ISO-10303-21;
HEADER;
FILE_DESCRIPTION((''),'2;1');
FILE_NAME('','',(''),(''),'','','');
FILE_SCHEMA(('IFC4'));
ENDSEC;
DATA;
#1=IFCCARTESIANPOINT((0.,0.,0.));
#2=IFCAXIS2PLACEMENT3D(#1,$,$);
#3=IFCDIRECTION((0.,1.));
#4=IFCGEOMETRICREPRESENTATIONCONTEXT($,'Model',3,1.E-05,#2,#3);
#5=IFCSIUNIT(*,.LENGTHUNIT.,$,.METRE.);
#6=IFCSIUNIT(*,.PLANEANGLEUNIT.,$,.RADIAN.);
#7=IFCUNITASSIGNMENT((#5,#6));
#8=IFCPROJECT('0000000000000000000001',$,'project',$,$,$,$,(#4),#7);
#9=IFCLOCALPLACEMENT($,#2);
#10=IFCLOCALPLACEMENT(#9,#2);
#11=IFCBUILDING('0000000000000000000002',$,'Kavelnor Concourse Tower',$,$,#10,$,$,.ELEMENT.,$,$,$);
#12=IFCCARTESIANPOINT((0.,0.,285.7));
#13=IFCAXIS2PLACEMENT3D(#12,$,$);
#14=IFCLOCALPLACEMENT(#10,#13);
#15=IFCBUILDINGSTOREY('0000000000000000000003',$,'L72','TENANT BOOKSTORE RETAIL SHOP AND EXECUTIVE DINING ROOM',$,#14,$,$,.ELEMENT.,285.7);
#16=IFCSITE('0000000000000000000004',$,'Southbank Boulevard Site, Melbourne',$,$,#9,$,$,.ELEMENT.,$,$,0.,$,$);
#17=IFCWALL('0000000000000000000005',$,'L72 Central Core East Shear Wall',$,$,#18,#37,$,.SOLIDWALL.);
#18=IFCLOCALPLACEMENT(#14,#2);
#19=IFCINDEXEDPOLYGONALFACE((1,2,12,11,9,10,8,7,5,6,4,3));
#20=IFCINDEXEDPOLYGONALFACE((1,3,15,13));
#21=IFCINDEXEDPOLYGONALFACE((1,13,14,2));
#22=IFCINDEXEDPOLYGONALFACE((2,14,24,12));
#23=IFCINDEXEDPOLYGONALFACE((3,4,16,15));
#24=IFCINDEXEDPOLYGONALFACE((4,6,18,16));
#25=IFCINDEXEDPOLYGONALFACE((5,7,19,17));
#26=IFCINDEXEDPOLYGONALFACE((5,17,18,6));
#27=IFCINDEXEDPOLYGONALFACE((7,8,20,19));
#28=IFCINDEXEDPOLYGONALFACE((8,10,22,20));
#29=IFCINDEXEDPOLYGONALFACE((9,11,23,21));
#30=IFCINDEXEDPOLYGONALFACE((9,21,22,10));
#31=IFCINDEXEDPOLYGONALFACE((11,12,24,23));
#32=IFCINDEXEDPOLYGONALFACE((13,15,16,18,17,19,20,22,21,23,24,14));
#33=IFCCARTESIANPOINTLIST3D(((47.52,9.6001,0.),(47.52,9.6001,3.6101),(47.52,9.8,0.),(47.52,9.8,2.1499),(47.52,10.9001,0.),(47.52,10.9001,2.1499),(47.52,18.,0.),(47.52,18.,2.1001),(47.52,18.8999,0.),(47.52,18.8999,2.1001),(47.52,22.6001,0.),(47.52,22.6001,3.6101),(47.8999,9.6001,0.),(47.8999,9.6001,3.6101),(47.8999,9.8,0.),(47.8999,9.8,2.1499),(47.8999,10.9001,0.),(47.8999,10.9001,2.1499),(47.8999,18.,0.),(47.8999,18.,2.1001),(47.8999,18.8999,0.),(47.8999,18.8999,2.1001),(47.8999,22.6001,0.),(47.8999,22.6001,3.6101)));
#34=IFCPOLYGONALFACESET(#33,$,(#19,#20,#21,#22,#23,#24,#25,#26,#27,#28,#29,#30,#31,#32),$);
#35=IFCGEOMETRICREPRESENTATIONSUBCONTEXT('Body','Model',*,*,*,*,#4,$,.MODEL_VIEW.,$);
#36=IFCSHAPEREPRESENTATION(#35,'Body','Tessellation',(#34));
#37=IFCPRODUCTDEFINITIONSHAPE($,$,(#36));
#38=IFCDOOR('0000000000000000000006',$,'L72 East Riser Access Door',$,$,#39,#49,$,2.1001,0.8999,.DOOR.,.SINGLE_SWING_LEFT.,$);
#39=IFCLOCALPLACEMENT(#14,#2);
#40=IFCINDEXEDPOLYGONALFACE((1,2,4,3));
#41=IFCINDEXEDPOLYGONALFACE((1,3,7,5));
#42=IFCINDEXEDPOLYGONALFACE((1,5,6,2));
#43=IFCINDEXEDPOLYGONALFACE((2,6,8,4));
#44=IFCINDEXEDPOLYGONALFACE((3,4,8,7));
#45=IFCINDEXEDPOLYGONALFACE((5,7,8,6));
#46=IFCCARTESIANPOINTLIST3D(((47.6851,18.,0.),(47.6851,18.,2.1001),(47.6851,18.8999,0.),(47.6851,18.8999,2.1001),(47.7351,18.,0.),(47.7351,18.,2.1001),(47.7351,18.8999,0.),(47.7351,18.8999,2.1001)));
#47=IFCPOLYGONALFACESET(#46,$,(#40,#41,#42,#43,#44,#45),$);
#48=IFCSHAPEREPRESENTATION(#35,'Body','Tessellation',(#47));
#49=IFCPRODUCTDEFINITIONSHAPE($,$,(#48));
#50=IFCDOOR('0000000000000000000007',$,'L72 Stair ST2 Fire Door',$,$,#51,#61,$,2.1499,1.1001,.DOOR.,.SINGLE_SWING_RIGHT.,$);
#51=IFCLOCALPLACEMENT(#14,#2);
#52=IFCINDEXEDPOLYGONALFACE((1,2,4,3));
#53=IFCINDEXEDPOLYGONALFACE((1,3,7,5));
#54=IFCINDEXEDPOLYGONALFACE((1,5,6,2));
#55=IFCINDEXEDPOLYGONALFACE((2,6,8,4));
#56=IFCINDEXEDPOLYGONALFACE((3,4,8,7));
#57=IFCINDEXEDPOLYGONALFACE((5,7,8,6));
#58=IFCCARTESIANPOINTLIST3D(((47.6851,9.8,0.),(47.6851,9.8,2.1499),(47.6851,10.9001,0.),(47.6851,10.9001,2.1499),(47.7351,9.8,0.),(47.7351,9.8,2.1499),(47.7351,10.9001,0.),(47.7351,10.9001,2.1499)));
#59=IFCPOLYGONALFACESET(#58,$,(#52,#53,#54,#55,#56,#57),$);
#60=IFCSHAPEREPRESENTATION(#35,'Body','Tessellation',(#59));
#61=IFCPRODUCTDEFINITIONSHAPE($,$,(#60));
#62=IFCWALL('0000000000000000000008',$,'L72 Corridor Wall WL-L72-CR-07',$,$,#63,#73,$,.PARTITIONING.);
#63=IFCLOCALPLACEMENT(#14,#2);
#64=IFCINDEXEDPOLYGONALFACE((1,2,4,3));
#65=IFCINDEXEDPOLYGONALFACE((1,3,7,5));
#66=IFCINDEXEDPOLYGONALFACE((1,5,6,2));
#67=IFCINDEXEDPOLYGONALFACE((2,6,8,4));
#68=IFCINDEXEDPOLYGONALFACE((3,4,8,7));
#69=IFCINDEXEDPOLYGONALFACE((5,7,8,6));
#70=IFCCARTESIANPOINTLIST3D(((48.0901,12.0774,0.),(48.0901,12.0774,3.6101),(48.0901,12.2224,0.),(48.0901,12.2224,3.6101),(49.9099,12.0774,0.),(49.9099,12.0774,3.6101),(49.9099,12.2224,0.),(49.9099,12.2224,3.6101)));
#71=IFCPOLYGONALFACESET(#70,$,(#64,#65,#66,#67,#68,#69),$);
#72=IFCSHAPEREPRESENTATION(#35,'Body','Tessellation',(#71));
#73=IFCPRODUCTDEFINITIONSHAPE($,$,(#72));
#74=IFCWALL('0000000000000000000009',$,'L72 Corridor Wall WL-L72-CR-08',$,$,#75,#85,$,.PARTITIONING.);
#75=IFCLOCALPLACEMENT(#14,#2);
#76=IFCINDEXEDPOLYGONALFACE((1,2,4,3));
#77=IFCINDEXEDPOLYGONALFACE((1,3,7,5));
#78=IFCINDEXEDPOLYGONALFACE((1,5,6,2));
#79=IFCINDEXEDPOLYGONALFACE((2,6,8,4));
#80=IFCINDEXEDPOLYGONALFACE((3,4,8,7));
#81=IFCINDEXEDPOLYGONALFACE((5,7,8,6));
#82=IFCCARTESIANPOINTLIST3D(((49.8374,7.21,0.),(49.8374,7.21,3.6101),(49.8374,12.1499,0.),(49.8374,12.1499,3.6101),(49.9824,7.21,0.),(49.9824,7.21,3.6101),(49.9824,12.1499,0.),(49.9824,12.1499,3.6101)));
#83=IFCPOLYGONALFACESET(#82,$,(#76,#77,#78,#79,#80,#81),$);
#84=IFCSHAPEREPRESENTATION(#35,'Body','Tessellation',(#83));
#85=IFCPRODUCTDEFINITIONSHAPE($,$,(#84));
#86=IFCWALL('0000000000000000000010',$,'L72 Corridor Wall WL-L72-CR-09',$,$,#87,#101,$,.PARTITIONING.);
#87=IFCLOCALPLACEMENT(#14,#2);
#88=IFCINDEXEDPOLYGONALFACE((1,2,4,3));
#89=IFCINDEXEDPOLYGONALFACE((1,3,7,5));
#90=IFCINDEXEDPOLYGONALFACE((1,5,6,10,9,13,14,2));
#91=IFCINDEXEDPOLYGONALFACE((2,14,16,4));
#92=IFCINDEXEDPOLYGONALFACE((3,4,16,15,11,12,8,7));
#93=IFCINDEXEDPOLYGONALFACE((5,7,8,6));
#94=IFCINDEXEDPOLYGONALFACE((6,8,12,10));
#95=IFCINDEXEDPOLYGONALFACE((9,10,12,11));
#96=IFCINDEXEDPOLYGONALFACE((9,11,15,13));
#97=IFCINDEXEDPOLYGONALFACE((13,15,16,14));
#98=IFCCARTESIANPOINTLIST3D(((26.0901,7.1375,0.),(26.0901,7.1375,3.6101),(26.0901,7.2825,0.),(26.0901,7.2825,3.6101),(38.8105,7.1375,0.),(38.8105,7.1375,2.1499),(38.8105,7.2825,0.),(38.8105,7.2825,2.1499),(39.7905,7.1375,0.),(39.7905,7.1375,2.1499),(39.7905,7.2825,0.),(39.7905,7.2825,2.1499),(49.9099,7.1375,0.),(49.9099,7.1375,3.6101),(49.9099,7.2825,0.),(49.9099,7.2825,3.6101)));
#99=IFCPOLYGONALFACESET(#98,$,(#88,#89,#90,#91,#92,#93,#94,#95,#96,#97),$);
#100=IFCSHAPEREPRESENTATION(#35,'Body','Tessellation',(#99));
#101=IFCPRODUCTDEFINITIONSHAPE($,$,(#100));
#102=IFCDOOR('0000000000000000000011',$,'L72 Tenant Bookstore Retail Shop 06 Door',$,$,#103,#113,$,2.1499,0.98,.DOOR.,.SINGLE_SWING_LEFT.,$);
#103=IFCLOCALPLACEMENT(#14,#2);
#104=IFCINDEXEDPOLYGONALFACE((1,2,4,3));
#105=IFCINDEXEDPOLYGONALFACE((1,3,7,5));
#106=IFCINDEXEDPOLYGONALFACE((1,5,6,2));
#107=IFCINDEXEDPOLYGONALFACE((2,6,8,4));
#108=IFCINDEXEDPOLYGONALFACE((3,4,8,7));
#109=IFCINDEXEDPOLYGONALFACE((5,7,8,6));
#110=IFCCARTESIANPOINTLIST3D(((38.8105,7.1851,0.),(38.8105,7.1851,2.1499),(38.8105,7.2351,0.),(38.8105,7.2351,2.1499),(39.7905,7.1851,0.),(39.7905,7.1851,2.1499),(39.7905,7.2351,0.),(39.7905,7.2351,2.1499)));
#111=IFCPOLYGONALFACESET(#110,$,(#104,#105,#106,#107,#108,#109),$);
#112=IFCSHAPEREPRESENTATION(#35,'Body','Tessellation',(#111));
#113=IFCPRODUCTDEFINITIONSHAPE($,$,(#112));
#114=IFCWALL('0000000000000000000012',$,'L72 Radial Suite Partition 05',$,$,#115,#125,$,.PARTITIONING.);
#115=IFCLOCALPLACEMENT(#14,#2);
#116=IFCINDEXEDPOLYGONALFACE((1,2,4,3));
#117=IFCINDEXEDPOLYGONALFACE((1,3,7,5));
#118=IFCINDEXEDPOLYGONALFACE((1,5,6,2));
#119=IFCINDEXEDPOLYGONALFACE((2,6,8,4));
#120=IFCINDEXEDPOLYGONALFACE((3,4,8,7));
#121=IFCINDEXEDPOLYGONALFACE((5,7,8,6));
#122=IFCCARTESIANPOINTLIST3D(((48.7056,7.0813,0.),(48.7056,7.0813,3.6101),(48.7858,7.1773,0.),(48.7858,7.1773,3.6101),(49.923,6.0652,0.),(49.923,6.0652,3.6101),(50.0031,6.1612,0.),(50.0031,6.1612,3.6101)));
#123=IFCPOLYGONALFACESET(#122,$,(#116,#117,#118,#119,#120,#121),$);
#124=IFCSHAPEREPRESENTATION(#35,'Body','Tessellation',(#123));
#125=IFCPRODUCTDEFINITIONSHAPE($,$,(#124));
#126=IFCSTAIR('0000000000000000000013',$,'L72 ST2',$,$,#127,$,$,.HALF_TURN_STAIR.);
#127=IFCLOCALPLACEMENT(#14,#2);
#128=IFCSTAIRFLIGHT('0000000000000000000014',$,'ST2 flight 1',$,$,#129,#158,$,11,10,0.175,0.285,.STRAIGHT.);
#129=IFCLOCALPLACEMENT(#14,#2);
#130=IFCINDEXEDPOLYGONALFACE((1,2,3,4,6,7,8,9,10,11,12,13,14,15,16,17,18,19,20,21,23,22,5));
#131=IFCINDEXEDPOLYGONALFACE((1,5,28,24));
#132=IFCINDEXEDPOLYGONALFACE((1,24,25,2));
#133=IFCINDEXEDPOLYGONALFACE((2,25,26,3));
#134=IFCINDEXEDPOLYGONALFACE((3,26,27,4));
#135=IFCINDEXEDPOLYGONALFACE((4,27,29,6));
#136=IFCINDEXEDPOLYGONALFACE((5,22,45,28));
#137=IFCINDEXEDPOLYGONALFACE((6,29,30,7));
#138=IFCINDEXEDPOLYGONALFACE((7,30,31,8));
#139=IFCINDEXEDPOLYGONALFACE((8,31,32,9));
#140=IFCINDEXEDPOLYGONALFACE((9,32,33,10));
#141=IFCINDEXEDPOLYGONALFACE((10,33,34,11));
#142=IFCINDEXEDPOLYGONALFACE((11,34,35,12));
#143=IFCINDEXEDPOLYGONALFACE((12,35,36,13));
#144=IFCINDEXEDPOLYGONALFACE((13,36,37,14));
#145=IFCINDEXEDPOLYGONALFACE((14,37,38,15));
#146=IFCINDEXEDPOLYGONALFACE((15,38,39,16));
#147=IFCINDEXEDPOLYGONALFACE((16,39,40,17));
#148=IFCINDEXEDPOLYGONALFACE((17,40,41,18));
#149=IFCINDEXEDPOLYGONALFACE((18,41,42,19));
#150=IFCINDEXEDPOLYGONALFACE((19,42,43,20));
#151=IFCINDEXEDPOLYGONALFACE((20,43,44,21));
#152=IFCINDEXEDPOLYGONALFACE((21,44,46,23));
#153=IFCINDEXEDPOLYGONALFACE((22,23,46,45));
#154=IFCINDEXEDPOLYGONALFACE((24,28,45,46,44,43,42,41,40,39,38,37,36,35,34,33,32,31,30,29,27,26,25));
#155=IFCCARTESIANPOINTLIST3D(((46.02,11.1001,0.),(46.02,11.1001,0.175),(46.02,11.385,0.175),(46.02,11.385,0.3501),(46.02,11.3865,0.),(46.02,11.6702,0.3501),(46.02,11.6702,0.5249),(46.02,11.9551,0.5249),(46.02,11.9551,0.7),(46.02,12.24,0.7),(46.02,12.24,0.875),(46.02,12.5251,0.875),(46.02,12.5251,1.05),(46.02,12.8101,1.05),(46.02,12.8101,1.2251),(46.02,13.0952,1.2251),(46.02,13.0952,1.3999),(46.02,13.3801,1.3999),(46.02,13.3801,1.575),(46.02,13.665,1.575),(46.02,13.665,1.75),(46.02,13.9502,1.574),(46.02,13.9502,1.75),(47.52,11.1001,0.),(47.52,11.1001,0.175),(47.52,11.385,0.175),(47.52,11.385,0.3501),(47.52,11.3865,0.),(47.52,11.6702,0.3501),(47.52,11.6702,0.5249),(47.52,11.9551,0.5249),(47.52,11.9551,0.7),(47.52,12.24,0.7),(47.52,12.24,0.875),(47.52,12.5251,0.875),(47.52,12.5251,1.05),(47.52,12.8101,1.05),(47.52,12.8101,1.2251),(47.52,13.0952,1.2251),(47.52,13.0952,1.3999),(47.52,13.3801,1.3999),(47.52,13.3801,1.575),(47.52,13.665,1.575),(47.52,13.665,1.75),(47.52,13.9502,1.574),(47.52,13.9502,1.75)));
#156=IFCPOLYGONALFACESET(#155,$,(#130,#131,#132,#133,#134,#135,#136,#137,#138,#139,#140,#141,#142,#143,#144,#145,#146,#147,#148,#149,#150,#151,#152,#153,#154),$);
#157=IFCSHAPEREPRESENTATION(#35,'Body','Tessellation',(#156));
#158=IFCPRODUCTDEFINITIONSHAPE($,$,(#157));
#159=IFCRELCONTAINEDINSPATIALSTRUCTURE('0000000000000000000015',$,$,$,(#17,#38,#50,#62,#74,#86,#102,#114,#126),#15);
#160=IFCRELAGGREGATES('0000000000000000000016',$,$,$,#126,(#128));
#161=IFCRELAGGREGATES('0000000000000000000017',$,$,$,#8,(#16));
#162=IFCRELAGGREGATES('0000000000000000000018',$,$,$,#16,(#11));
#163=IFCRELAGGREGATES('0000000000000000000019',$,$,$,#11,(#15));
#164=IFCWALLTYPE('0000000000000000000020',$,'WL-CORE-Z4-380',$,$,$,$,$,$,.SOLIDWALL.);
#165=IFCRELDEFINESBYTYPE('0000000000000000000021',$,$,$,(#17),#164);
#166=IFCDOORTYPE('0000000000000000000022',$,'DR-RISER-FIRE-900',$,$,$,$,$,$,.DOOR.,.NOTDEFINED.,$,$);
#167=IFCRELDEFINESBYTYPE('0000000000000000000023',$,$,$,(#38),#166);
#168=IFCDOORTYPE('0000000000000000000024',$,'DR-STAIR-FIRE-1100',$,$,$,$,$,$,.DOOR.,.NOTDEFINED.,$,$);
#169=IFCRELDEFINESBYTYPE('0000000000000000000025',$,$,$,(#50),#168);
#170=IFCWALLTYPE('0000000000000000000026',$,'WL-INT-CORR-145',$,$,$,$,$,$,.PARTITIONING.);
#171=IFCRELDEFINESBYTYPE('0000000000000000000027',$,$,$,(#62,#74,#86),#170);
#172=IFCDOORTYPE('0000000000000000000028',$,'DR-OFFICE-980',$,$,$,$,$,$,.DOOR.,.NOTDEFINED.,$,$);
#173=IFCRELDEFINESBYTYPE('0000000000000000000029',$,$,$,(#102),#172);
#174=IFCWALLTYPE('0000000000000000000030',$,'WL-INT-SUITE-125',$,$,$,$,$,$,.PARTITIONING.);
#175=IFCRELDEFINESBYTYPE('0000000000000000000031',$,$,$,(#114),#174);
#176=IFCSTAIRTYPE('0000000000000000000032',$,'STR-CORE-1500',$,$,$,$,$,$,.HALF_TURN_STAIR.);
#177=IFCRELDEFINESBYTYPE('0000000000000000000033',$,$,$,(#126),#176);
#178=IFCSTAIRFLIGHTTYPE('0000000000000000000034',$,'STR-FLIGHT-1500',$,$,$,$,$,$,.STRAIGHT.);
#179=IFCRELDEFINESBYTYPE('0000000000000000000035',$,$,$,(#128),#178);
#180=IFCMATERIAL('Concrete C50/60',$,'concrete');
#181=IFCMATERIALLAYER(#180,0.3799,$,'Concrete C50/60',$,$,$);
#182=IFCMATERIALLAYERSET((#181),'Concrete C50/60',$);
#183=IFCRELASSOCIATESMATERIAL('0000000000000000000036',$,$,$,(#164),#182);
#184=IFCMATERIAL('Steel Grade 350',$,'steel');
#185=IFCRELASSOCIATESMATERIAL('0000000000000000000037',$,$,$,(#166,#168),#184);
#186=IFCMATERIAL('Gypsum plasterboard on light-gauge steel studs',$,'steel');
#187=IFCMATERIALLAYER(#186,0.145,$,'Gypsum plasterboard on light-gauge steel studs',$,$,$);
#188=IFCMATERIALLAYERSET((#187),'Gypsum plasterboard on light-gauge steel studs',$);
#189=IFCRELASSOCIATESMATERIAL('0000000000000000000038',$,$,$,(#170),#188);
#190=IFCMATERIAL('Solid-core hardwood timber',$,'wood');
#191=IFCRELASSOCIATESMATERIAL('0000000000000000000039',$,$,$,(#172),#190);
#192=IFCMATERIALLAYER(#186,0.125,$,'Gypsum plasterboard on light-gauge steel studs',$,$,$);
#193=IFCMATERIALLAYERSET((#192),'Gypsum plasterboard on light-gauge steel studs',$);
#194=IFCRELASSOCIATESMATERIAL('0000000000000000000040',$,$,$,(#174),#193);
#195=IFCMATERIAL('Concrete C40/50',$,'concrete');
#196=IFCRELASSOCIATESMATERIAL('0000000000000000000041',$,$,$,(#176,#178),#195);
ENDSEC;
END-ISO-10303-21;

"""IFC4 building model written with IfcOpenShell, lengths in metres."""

from ifc_helpers import new_model, si_unit, direction, frame, frame_2d, origin, place, context, subcontext, project, spatial, polyline, rectangle, outline, extrude, material, layer, layer_set, type_object, element, fill, aggregate, save


model = new_model("IFC4")

# Units and contexts
model_context = context("Model", 3, precision=1e-05, world=origin(), true_north=direction((0.0, 1.0)))
body_context = subcontext(model_context, "Body", "Model", "MODEL_VIEW")
ifc_project = project(units=[si_unit("LENGTHUNIT", "METRE"), si_unit("PLANEANGLEUNIT", "RADIAN")], contexts=[model_context])

# Site, building, storey
site_placement = place(None, origin())
site = spatial("IfcSite", under=ifc_project, at=site_placement, Name="Southbank Boulevard Site, Melbourne", CompositionType="ELEMENT", RefElevation=0.0)
building_placement = place(site_placement, origin())
building = spatial("IfcBuilding", under=site, at=building_placement, Name="Kavelnor Concourse Tower", CompositionType="ELEMENT")
storey_placement = place(building_placement, frame((0.0, 0.0, 285.7)))
storey = spatial("IfcBuildingStorey", under=building, at=storey_placement, Name="L72", Description="TENANT BOOKSTORE RETAIL SHOP AND EXECUTIVE DINING ROOM", CompositionType="ELEMENT", Elevation=285.7)

# Shared definitions
ifc_material_1 = material(Name="Steel Grade 350", Category="steel")

# Wall, openings, doors
ifc_material_2 = material(Name="Concrete C50/60", Category="concrete")
ifc_layer_1 = layer(ifc_material_2, 0.3799, Name="Concrete C50/60")
ifc_layer_set_1 = layer_set([ifc_layer_1], Name="Concrete C50/60")
wall_type_1 = type_object("IfcWallType", Name="WL-CORE-Z4-380", PredefinedType="SOLIDWALL", material=ifc_layer_set_1)
wall_1_placement = place(storey_placement, frame((47.71, 9.6001, 0.0), z_axis=(0.0, 0.0, 1.0), x_axis=(0.0, 1.0, 0.0)))
wall_1 = element("IfcWall", 1, at=wall_1_placement, inside=storey, type_object=wall_type_1, Name="L72 Central Core East Shear Wall", PredefinedType="SOLIDWALL", context=body_context, shape_type="SweptSolid", body=[
    extrude(rectangle(XDim=13.0, YDim=0.3799, at=frame_2d((6.5, 0.0))), origin(), (0.0, 0.0, 1.0), 3.6101),
])
opening_1_placement = place(wall_1_placement, frame((0.2, 0.0, 0.0)))
opening_1 = element("IfcOpeningElement", 2, at=opening_1_placement, cuts=wall_1, PredefinedType="OPENING", context=body_context, shape_type="SweptSolid", body=[
    extrude(rectangle(XDim=1.1001, YDim=2.1499, at=frame_2d((0.55, 1.075))), frame((0.0, 0.2, 0.0), z_axis=(0.0, -1.0, 0.0), x_axis=(1.0, 0.0, 0.0)), (0.0, 0.0, 1.0), 0.3999),
])
opening_2_placement = place(wall_1_placement, frame((8.3999, 0.0, 0.0)))
opening_2 = element("IfcOpeningElement", 3, at=opening_2_placement, cuts=wall_1, PredefinedType="OPENING", context=body_context, shape_type="SweptSolid", body=[
    extrude(rectangle(XDim=0.8999, YDim=2.1001, at=frame_2d((0.45, 1.05))), frame((0.0, 0.2, 0.0), z_axis=(0.0, -1.0, 0.0), x_axis=(1.0, 0.0, 0.0)), (0.0, 0.0, 1.0), 0.3999),
])
door_type_1 = type_object("IfcDoorType", Name="DR-RISER-FIRE-900", OperationType="NOTDEFINED", PredefinedType="DOOR", material=ifc_material_1)
door_1_placement = place(opening_2_placement, origin())
door_1 = element("IfcDoor", 4, at=door_1_placement, inside=storey, type_object=door_type_1, Name="L72 East Riser Access Door", OperationType="SINGLE_SWING_LEFT", OverallHeight=2.1001, OverallWidth=0.8999, PredefinedType="DOOR", context=body_context, shape_type="SweptSolid", body=[
    extrude(rectangle(XDim=0.8999, YDim=2.1001, at=frame_2d((0.45, 1.05))), frame((0.0, 0.0249, 0.0), z_axis=(0.0, -1.0, 0.0), x_axis=(1.0, 0.0, 0.0)), (0.0, 0.0, 1.0), 0.05),
])
fill(opening_2, door_1)
door_type_2 = type_object("IfcDoorType", Name="DR-STAIR-FIRE-1100", OperationType="NOTDEFINED", PredefinedType="DOOR", material=ifc_material_1)
door_2_placement = place(opening_1_placement, origin())
door_2 = element("IfcDoor", 5, at=door_2_placement, inside=storey, type_object=door_type_2, Name="L72 Stair ST2 Fire Door", OperationType="SINGLE_SWING_RIGHT", OverallHeight=2.1499, OverallWidth=1.1001, PredefinedType="DOOR", context=body_context, shape_type="SweptSolid", body=[
    extrude(rectangle(XDim=1.1001, YDim=2.1499, at=frame_2d((0.55, 1.075))), frame((0.0, 0.0249, 0.0), z_axis=(0.0, -1.0, 0.0), x_axis=(1.0, 0.0, 0.0)), (0.0, 0.0, 1.0), 0.05),
])
fill(opening_1, door_2)

# Walls
ifc_material_3 = material(Name="Gypsum plasterboard on light-gauge steel studs", Category="steel")
ifc_layer_2 = layer(ifc_material_3, 0.145, Name="Gypsum plasterboard on light-gauge steel studs")
ifc_layer_set_2 = layer_set([ifc_layer_2], Name="Gypsum plasterboard on light-gauge steel studs")
wall_type_2 = type_object("IfcWallType", Name="WL-INT-CORR-145", PredefinedType="PARTITIONING", material=ifc_layer_set_2)
wall_2_placement = place(storey_placement, frame((48.0901, 12.1499, 0.0), z_axis=(0.0, 0.0, 1.0), x_axis=(1.0, 0.0, 0.0)))
element("IfcWall", 6, at=wall_2_placement, inside=storey, type_object=wall_type_2, Name="L72 Corridor Wall WL-L72-CR-07", PredefinedType="PARTITIONING", context=body_context, shape_type="SweptSolid", body=[
    extrude(rectangle(XDim=1.8198, YDim=0.145, at=frame_2d((0.9099, 0.0))), origin(), (0.0, 0.0, 1.0), 3.6101),
])
wall_3_placement = place(storey_placement, frame((49.9099, 12.1499, 0.0), z_axis=(0.0, 0.0, 1.0), x_axis=(0.0, -1.0, 0.0)))
element("IfcWall", 7, at=wall_3_placement, inside=storey, type_object=wall_type_2, Name="L72 Corridor Wall WL-L72-CR-08", PredefinedType="PARTITIONING", context=body_context, shape_type="SweptSolid", body=[
    extrude(rectangle(XDim=4.9399, YDim=0.145, at=frame_2d((2.47, 0.0))), origin(), (0.0, 0.0, 1.0), 3.6101),
])

# Wall, opening, door
wall_4_placement = place(storey_placement, frame((49.9099, 7.21, 0.0), z_axis=(0.0, 0.0, 1.0), x_axis=(-1.0, 0.0, 0.0)))
wall_4 = element("IfcWall", 8, at=wall_4_placement, inside=storey, type_object=wall_type_2, Name="L72 Corridor Wall WL-L72-CR-09", PredefinedType="PARTITIONING", context=body_context, shape_type="SweptSolid", body=[
    extrude(rectangle(XDim=23.8198, YDim=0.145, at=frame_2d((11.9099, 0.0))), origin(), (0.0, 0.0, 1.0), 3.6101),
])
opening_3_placement = place(wall_4_placement, frame((10.1194, 0.0, 0.0)))
opening_3 = element("IfcOpeningElement", 9, at=opening_3_placement, cuts=wall_4, PredefinedType="OPENING", context=body_context, shape_type="SweptSolid", body=[
    extrude(rectangle(XDim=0.98, YDim=2.1499, at=frame_2d((0.49, 1.075))), frame((0.0, 0.0825, 0.0), z_axis=(0.0, -1.0, 0.0), x_axis=(1.0, 0.0, 0.0)), (0.0, 0.0, 1.0), 0.165),
])
ifc_material_4 = material(Name="Solid-core hardwood timber", Category="wood")
door_type_3 = type_object("IfcDoorType", Name="DR-OFFICE-980", OperationType="NOTDEFINED", PredefinedType="DOOR", material=ifc_material_4)
door_3_placement = place(opening_3_placement, origin())
door_3 = element("IfcDoor", 10, at=door_3_placement, inside=storey, type_object=door_type_3, Name="L72 Tenant Bookstore Retail Shop 06 Door", OperationType="SINGLE_SWING_LEFT", OverallHeight=2.1499, OverallWidth=0.98, PredefinedType="DOOR", context=body_context, shape_type="SweptSolid", body=[
    extrude(rectangle(XDim=0.98, YDim=2.1499, at=frame_2d((0.49, 1.075))), frame((0.0, 0.0249, 0.0), z_axis=(0.0, -1.0, 0.0), x_axis=(1.0, 0.0, 0.0)), (0.0, 0.0, 1.0), 0.05),
])
fill(opening_3, door_3)

# Wall
ifc_layer_3 = layer(ifc_material_3, 0.125, Name="Gypsum plasterboard on light-gauge steel studs")
ifc_layer_set_3 = layer_set([ifc_layer_3], Name="Gypsum plasterboard on light-gauge steel studs")
wall_type_3 = type_object("IfcWallType", Name="WL-INT-SUITE-125", PredefinedType="PARTITIONING", material=ifc_layer_set_3)
wall_5_placement = place(storey_placement, frame((48.7456, 7.1294, 0.0), z_axis=(0.0, 0.0, 1.0), x_axis=(0.767691, -0.64082, 0.0)))
element("IfcWall", 11, at=wall_5_placement, inside=storey, type_object=wall_type_3, Name="L72 Radial Suite Partition 05", PredefinedType="PARTITIONING", context=body_context, shape_type="SweptSolid", body=[
    extrude(rectangle(XDim=1.5857, YDim=0.125, at=frame_2d((0.793, 0.0))), origin(), (0.0, 0.0, 1.0), 3.6101),
])

# Stair, stair flight
ifc_material_5 = material(Name="Concrete C40/50", Category="concrete")
stair_type = type_object("IfcStairType", Name="STR-CORE-1500", PredefinedType="HALF_TURN_STAIR", material=ifc_material_5)
stair_placement = place(storey_placement, origin())
stair = element("IfcStair", 12, at=stair_placement, inside=storey, type_object=stair_type, Name="L72 ST2", PredefinedType="HALF_TURN_STAIR")
stair_flight_type = type_object("IfcStairFlightType", Name="STR-FLIGHT-1500", PredefinedType="STRAIGHT", material=ifc_material_5)
stair_flight_placement = place(storey_placement, frame((46.77, 11.1001, 0.0), z_axis=(0.0, 0.0, 1.0), x_axis=(0.0, 1.0, 0.0)))
stair_flight = element("IfcStairFlight", 13, at=stair_flight_placement, type_object=stair_flight_type, Name="ST2 flight 1", NumberOfRisers=11, NumberOfTreads=10, PredefinedType="STRAIGHT", RiserHeight=0.175, TreadLength=0.285, context=body_context, shape_type="SweptSolid", body=[
    extrude(outline(polyline([(0.0, 0.0), (0.0, 0.175), (0.2849, 0.175), (0.2849, 0.3501), (0.5701, 0.3501), (0.5701, 0.5249), (0.855, 0.5249), (0.855, 0.7), (1.1399, 0.7), (1.1399, 0.875), (1.425, 0.875), (1.425, 1.05), (1.71, 1.05), (1.71, 1.2251), (1.9951, 1.2251), (1.9951, 1.3999), (2.28, 1.3999), (2.28, 1.575), (2.5649, 1.575), (2.5649, 1.75), (2.8501, 1.75), (2.8501, 1.925), (2.8501, 1.574), (0.2864, 0.0), (0.0, 0.0)])), frame((0.0, 0.75, 0.0), z_axis=(0.0, -1.0, 0.0), x_axis=(1.0, 0.0, 0.0)), (0.0, 0.0, 1.0), 1.5),
])
aggregate(stair, [stair_flight])

save(model, "model.ifc")
